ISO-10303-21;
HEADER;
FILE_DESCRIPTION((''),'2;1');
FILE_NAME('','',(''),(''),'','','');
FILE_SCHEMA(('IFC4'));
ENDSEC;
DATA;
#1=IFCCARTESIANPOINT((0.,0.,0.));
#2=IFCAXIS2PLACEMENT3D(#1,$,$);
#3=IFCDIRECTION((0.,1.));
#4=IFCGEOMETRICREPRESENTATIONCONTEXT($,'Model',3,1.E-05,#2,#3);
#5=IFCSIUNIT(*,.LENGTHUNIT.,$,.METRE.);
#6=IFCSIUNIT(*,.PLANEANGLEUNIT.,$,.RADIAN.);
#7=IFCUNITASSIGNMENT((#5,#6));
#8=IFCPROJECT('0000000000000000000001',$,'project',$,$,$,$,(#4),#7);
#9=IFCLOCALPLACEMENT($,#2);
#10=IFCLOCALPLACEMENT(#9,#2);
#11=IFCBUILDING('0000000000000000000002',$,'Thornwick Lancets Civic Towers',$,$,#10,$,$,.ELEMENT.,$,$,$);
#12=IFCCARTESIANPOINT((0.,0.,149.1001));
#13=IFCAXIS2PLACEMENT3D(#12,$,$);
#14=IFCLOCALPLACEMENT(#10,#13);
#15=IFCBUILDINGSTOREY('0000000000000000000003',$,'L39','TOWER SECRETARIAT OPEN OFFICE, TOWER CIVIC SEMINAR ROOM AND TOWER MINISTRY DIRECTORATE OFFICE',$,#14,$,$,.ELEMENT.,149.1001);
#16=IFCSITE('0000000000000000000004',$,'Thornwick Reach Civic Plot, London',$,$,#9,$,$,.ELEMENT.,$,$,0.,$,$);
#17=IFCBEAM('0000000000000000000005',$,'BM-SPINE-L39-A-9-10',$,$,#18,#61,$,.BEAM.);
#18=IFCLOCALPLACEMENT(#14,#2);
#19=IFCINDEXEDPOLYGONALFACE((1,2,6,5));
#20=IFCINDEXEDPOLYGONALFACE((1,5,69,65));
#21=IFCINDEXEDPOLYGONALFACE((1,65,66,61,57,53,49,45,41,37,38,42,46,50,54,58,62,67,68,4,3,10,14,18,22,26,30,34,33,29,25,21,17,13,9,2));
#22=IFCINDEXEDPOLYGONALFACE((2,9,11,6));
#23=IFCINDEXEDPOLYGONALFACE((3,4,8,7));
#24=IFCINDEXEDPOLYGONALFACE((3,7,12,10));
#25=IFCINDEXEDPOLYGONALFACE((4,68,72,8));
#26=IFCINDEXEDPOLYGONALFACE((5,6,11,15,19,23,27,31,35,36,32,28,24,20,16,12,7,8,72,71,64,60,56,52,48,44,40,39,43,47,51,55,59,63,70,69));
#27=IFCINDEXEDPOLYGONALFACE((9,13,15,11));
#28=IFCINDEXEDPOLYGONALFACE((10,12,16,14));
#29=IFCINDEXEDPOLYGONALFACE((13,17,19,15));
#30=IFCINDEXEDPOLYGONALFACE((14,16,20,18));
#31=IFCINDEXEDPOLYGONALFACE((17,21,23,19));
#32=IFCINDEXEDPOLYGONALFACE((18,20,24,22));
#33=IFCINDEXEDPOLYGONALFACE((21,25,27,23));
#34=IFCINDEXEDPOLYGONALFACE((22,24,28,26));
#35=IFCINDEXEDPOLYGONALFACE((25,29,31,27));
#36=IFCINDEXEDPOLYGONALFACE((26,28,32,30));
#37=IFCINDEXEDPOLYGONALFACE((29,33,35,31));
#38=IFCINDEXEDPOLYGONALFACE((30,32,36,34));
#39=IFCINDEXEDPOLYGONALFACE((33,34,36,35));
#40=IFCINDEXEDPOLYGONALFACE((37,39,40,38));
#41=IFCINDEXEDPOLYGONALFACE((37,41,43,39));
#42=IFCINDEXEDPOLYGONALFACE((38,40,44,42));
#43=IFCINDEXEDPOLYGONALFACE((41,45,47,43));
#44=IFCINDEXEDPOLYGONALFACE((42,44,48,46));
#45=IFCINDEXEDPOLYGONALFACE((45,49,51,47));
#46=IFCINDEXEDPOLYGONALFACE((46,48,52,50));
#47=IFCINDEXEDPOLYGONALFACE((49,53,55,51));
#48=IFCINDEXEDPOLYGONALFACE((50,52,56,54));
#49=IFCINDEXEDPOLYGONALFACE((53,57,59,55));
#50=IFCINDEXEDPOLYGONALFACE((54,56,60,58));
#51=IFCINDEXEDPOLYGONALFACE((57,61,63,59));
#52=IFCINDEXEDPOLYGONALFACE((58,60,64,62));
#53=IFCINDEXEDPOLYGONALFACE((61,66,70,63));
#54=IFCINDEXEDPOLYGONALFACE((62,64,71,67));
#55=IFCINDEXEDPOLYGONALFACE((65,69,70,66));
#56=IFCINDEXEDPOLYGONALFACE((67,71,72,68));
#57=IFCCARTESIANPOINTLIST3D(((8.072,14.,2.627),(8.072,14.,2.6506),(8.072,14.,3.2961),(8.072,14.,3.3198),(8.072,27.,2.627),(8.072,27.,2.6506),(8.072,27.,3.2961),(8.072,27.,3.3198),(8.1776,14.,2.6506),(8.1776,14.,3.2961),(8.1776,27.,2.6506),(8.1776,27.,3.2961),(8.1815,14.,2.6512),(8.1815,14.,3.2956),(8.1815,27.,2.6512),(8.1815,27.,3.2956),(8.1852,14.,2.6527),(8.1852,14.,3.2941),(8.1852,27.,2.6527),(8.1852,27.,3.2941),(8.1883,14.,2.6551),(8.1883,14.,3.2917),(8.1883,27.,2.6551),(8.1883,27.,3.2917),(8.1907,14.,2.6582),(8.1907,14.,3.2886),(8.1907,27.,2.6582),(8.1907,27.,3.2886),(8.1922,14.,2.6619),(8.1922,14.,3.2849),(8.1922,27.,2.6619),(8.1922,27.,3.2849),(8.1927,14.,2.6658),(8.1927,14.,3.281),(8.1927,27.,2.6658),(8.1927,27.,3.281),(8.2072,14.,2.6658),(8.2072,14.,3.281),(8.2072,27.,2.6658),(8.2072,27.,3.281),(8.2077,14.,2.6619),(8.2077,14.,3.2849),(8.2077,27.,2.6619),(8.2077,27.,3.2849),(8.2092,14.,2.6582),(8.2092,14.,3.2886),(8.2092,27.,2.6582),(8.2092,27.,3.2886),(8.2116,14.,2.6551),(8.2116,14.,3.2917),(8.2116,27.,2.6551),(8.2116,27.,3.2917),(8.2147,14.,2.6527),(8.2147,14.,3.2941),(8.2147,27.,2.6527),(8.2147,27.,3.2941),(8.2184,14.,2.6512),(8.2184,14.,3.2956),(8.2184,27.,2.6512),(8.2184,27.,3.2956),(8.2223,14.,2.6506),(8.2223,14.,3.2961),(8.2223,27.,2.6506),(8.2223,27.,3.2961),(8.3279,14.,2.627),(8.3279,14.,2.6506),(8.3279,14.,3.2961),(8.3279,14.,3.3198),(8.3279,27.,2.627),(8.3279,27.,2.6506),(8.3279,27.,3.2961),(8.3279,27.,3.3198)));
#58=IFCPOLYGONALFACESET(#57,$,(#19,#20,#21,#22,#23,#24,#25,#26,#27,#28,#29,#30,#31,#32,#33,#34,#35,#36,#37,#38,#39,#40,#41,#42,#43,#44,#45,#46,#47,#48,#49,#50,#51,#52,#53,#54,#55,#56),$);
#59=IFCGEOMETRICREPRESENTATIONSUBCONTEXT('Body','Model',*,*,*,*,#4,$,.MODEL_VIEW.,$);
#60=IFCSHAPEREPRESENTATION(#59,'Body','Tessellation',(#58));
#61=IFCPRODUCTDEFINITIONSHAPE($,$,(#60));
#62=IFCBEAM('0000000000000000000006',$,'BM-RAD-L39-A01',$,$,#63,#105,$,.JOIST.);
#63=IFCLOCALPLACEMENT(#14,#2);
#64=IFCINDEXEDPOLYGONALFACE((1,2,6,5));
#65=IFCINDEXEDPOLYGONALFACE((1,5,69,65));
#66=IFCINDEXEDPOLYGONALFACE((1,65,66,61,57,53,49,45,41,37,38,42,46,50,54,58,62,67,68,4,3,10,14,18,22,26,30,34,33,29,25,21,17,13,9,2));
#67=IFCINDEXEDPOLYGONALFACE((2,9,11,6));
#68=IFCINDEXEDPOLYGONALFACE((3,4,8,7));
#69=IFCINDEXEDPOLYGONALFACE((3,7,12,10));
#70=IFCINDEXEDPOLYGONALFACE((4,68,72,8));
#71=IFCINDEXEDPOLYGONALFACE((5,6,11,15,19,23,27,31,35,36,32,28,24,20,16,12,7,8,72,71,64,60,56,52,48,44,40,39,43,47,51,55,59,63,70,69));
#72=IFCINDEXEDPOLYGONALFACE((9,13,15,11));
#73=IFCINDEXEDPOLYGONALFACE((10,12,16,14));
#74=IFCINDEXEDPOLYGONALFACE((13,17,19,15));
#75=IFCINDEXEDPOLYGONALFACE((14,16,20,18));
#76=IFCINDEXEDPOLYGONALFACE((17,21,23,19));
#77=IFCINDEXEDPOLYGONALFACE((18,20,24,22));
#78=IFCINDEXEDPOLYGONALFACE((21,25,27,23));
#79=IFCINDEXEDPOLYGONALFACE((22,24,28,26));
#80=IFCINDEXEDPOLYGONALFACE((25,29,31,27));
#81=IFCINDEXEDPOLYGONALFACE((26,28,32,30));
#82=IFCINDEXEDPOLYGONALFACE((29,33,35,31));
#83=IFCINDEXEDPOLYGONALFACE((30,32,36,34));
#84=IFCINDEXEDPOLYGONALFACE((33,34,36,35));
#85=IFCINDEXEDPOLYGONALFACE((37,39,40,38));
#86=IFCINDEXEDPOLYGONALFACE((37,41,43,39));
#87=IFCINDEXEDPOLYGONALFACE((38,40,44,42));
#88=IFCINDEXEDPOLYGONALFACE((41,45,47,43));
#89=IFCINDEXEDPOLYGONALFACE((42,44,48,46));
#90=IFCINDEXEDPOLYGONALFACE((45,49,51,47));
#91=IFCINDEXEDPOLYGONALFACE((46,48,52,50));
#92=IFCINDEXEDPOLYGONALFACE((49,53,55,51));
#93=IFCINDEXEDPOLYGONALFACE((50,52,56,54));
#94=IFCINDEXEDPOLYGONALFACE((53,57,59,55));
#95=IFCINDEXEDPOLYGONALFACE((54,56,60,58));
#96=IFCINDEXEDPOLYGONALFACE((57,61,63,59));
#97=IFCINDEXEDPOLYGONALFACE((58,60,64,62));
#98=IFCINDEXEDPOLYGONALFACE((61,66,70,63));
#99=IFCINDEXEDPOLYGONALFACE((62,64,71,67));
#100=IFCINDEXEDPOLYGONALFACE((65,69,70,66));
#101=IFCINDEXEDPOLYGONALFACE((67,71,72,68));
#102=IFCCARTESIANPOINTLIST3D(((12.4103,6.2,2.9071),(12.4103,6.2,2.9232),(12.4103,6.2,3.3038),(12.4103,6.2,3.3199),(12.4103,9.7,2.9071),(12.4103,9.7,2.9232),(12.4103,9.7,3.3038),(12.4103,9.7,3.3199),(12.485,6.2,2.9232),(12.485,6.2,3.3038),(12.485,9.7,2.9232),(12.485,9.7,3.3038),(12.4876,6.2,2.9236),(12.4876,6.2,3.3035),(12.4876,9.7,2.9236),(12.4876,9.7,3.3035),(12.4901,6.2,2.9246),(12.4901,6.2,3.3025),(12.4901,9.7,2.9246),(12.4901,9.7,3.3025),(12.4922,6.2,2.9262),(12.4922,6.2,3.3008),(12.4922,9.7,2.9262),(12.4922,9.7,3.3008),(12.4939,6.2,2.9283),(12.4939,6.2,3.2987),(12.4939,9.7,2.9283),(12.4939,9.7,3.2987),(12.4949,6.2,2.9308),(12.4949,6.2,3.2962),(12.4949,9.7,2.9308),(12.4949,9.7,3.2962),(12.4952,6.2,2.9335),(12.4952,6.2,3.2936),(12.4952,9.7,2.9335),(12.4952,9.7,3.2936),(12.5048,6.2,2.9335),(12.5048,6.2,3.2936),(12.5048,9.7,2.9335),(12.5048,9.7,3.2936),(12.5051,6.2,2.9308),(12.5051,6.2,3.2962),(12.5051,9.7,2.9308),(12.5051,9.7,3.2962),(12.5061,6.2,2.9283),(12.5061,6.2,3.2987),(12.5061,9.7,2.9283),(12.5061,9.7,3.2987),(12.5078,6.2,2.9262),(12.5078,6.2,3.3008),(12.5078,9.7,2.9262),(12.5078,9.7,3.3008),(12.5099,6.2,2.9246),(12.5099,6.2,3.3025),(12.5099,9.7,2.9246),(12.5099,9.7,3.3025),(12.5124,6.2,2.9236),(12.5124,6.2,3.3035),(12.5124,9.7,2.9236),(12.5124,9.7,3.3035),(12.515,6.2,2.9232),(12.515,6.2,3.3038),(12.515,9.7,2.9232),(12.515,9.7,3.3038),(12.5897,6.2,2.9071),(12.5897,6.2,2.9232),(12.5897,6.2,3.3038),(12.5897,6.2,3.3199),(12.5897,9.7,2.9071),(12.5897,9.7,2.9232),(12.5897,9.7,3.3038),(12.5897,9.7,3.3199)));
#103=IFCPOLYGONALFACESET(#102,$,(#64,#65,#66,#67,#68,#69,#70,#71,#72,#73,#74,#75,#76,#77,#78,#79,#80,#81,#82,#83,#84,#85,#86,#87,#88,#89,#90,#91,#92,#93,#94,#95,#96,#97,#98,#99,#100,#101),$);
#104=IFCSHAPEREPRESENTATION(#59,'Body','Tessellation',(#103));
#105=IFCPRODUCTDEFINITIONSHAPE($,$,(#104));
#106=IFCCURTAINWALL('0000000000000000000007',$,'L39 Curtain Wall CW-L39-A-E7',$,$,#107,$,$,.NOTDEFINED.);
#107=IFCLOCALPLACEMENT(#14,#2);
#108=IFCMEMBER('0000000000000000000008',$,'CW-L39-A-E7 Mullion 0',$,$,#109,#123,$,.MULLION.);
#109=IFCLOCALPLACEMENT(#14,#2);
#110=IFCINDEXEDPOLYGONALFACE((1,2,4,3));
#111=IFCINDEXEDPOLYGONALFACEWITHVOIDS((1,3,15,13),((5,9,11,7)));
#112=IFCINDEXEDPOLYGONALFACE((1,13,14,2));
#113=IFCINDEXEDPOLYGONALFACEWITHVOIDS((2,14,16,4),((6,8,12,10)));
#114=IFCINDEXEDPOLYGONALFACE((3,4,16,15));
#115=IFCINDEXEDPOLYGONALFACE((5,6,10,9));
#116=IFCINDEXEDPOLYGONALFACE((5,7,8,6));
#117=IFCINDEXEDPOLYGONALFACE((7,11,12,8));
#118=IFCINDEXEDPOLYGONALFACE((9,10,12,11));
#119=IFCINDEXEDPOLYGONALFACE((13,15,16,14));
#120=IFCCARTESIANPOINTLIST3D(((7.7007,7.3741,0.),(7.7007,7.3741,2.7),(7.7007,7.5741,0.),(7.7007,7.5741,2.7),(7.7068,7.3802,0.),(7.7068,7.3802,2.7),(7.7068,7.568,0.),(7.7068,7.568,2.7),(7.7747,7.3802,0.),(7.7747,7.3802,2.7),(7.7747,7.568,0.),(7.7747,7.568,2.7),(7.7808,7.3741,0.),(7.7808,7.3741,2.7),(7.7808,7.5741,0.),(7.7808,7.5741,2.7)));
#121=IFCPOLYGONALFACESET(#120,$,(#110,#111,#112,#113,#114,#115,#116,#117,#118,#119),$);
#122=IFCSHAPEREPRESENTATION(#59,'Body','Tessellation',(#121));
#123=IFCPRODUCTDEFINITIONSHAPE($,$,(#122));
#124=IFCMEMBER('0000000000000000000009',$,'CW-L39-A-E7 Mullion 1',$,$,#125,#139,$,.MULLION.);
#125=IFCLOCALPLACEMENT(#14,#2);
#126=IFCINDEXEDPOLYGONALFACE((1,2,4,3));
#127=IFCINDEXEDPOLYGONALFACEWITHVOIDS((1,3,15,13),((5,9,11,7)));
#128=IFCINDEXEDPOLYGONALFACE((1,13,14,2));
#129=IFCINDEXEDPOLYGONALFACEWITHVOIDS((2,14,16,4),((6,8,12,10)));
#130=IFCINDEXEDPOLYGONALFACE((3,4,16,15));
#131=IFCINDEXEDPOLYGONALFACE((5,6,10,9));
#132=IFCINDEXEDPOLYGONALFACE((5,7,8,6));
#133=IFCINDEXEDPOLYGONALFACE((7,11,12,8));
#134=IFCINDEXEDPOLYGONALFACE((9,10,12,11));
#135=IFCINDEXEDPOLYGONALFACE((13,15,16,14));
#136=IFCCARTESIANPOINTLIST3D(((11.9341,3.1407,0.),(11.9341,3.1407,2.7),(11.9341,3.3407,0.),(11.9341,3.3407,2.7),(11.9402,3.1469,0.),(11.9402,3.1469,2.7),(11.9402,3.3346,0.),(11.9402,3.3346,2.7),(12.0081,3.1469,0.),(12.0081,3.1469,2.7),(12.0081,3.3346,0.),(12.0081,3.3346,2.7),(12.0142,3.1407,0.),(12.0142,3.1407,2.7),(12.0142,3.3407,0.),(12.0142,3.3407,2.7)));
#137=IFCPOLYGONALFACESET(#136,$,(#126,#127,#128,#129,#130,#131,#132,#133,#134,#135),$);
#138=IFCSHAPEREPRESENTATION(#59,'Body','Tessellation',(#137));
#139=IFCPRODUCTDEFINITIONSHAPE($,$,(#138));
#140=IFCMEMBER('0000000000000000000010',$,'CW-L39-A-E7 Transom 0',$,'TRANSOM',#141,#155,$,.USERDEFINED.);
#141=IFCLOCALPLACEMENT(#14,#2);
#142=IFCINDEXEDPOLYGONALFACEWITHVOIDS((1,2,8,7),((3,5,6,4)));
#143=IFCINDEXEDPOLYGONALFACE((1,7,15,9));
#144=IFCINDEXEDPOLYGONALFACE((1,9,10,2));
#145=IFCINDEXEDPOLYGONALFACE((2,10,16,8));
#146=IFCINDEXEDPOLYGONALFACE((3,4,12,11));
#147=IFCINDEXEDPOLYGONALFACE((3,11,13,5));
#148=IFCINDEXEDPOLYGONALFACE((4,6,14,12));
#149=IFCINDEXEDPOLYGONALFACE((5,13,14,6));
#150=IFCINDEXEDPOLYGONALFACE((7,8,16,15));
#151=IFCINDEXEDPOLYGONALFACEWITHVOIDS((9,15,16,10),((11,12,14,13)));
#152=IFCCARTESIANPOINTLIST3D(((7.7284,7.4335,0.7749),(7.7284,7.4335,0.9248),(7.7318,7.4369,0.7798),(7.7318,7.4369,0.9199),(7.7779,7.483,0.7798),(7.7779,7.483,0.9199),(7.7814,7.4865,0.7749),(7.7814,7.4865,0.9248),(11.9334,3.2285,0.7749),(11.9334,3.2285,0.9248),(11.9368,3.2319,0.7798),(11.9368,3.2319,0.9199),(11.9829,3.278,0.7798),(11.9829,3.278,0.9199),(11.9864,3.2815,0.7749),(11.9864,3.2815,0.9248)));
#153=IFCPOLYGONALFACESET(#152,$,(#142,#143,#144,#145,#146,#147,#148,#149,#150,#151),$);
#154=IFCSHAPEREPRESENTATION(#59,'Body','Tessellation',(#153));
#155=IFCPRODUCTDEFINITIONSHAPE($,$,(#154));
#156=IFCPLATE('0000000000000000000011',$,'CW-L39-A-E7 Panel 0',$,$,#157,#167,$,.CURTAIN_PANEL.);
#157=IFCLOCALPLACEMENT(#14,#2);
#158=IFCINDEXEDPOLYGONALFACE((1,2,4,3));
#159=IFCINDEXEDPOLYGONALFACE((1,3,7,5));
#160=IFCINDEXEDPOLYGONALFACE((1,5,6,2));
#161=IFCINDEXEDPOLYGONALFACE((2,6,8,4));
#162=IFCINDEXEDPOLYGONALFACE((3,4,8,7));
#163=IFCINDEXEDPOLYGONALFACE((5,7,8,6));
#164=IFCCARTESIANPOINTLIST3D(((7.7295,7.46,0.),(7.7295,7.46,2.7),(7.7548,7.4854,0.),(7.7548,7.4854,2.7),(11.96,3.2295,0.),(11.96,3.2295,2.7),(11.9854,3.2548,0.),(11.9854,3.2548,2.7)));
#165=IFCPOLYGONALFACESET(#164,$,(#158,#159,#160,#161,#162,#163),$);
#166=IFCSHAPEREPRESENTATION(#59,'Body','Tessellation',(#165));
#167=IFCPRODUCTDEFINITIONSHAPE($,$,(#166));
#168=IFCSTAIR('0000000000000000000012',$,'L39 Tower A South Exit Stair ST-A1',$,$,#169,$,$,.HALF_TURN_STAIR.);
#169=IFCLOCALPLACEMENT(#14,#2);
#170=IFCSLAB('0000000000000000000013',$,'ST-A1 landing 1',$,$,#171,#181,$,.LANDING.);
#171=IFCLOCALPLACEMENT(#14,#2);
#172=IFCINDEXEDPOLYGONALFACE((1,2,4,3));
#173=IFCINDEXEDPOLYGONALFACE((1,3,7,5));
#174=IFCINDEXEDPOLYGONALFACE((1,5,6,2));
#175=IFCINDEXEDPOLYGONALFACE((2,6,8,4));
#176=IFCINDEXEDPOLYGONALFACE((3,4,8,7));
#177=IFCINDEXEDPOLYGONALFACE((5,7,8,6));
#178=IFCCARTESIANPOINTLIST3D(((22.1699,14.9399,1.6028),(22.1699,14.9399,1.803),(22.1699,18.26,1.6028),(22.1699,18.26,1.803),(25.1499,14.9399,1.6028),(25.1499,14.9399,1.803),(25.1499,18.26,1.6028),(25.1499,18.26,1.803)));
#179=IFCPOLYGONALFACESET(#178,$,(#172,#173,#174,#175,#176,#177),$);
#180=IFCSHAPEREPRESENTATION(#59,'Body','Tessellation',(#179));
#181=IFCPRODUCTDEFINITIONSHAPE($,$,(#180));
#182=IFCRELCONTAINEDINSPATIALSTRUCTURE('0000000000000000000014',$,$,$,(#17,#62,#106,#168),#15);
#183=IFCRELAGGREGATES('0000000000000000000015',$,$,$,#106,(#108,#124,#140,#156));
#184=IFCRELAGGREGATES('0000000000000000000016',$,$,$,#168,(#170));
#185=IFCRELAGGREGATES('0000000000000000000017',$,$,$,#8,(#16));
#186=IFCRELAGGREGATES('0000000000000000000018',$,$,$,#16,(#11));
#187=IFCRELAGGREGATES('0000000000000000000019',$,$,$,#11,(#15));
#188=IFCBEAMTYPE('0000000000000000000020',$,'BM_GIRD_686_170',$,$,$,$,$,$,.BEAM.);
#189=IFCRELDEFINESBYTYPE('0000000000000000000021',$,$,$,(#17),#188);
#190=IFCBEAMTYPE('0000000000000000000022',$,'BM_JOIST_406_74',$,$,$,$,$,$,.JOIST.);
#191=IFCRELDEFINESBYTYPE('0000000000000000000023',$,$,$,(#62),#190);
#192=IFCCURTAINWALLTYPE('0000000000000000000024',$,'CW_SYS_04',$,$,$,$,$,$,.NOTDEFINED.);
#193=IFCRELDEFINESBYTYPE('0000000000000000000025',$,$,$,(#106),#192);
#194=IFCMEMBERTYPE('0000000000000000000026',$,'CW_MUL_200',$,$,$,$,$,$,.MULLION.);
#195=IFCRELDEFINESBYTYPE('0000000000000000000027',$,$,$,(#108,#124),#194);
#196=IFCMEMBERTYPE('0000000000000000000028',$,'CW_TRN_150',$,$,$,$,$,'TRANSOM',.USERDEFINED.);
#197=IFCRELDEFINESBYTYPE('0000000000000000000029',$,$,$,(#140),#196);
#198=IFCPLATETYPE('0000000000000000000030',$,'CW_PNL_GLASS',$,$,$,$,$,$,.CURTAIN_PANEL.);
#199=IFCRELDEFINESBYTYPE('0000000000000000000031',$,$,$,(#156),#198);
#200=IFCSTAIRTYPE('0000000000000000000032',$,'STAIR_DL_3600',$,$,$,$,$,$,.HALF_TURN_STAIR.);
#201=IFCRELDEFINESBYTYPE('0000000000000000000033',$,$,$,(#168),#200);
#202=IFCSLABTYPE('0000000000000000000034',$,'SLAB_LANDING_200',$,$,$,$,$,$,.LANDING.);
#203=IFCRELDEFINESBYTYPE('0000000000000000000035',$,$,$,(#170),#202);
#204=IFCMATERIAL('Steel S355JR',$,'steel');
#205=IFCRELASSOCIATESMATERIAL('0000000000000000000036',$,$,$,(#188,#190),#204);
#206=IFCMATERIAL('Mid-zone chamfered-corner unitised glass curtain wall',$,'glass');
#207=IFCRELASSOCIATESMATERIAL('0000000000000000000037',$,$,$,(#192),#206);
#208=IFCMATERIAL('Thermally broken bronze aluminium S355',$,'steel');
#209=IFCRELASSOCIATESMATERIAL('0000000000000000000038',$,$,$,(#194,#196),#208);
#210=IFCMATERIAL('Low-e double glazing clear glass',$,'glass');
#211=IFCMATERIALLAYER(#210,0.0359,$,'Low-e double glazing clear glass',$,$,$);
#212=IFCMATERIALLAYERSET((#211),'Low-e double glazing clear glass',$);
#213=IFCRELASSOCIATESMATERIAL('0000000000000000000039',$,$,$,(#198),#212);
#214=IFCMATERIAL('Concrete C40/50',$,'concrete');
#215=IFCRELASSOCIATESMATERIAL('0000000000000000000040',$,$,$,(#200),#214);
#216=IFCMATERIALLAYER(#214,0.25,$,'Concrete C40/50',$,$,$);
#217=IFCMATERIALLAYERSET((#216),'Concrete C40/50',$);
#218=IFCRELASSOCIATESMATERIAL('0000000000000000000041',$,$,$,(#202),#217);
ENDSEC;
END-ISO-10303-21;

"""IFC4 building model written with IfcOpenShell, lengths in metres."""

from ifc_helpers import new_model, si_unit, direction, frame, origin, origin_2d, place, context, subcontext, project, spatial, polyline, rectangle, hollow_rectangle, i_section, outline, extrude, material, layer, layer_set, material_profile, profile_set, type_object, element, aggregate, save


model = new_model("IFC4")

# Units and contexts
model_context = context("Model", 3, precision=1e-05, world=origin(), true_north=direction((0.0, 1.0)))
body_context = subcontext(model_context, "Body", "Model", "MODEL_VIEW")
ifc_project = project(units=[si_unit("LENGTHUNIT", "METRE"), si_unit("PLANEANGLEUNIT", "RADIAN")], contexts=[model_context])

# Site, building, storey
site_placement = place(None, origin())
site = spatial("IfcSite", under=ifc_project, at=site_placement, Name="Thornwick Reach Civic Plot, London", CompositionType="ELEMENT", RefElevation=0.0)
building_placement = place(site_placement, origin())
building = spatial("IfcBuilding", under=site, at=building_placement, Name="Thornwick Lancets Civic Towers", CompositionType="ELEMENT")
storey_placement = place(building_placement, frame((0.0, 0.0, 149.1001)))
storey = spatial("IfcBuildingStorey", under=building, at=storey_placement, Name="L39", Description="TOWER SECRETARIAT OPEN OFFICE, TOWER CIVIC SEMINAR ROOM AND TOWER MINISTRY DIRECTORATE OFFICE", CompositionType="ELEMENT", Elevation=149.1001)

# Beams
ifc_material_1 = material(Name="Steel S355JR", Category="steel")
ifc_material_profile_1 = material_profile(ifc_material_1, i_section(OverallWidth=0.2559, OverallDepth=0.6929, WebThickness=0.0144, FlangeThickness=0.0237, FilletRadius=0.0151, at=origin_2d()), Name="UKB 686x254x170")
ifc_profile_set_1 = profile_set([ifc_material_profile_1], Name="Steel S355JR")
beam_type_1 = type_object("IfcBeamType", Name="BM_GIRD_686_170", PredefinedType="BEAM", material=ifc_profile_set_1)
for number, where, z_axis, x_axis, name in (
    (1, (8.2, 14.0, 2.9734), (0.0, 1.0, 0.0), (-1.0, 0.0, 0.0), "BM-SPINE-L39-A-9-10"),
):
    element("IfcBeam", number, at=place(storey_placement, frame(where, z_axis=z_axis, x_axis=x_axis)), inside=storey, type_object=beam_type_1, Name=name, PredefinedType="BEAM", context=body_context, shape_type="SweptSolid", body=[
        extrude(i_section(OverallWidth=0.2559, OverallDepth=0.6929, WebThickness=0.0144, FlangeThickness=0.0237, FilletRadius=0.0151, at=origin_2d()), origin(), (0.0, 0.0, 1.0), 13.0),
    ])
ifc_material_profile_2 = material_profile(ifc_material_1, i_section(OverallWidth=0.1794, OverallDepth=0.4128, WebThickness=0.0095, FlangeThickness=0.0161, FilletRadius=0.0103, at=origin_2d()), Name="UKB 406x178x74")
ifc_profile_set_2 = profile_set([ifc_material_profile_2], Name="Steel S355JR")
beam_type_2 = type_object("IfcBeamType", Name="BM_JOIST_406_74", PredefinedType="JOIST", material=ifc_profile_set_2)
beam_1_placement = place(storey_placement, frame((12.5, 9.7, 3.1135), z_axis=(0.0, -1.0, 0.0), x_axis=(1.0, 0.0, 0.0)))
element("IfcBeam", 2, at=beam_1_placement, inside=storey, type_object=beam_type_2, Name="BM-RAD-L39-A01", PredefinedType="JOIST", context=body_context, shape_type="SweptSolid", body=[
    extrude(i_section(OverallWidth=0.1794, OverallDepth=0.4128, WebThickness=0.0095, FlangeThickness=0.0161, FilletRadius=0.0103, at=origin_2d()), origin(), (0.0, 0.0, 1.0), 3.5),
])

# Curtain wall, members, plate
ifc_material_2 = material(Name="Mid-zone chamfered-corner unitised glass curtain wall", Category="glass")
curtain_wall_type = type_object("IfcCurtainWallType", Name="CW_SYS_04", PredefinedType="NOTDEFINED", material=ifc_material_2)
curtain_wall_placement = place(storey_placement, origin())
curtain_wall = element("IfcCurtainWall", 3, at=curtain_wall_placement, inside=storey, type_object=curtain_wall_type, Name="L39 Curtain Wall CW-L39-A-E7", PredefinedType="NOTDEFINED")
ifc_material_3 = material(Name="Thermally broken bronze aluminium S355", Category="steel")
ifc_material_profile_3 = material_profile(ifc_material_3, hollow_rectangle(XDim=0.0801, YDim=0.2, WallThickness=0.0061, at=origin_2d()), Name="RHS 200x80x6")
ifc_profile_set_3 = profile_set([ifc_material_profile_3], Name="Thermally broken bronze aluminium S355")
member_type_1 = type_object("IfcMemberType", Name="CW_MUL_200", PredefinedType="MULLION", material=ifc_profile_set_3)
member_1_placement = place(storey_placement, frame((7.7407, 7.4741, 0.0), z_axis=(0.0, 0.0, 1.0), x_axis=(1.0, 0.0, 0.0)))
member_1 = element("IfcMember", 4, at=member_1_placement, type_object=member_type_1, Name="CW-L39-A-E7 Mullion 0", PredefinedType="MULLION", context=body_context, shape_type="SweptSolid", body=[
    extrude(hollow_rectangle(XDim=0.0801, YDim=0.2, WallThickness=0.0061, at=origin_2d()), origin(), (0.0, 0.0, 1.0), 2.7),
])
member_2_placement = place(storey_placement, frame((11.9741, 3.2407, 0.0), z_axis=(0.0, 0.0, 1.0), x_axis=(1.0, 0.0, 0.0)))
member_2 = element("IfcMember", 5, at=member_2_placement, type_object=member_type_1, Name="CW-L39-A-E7 Mullion 1", PredefinedType="MULLION", context=body_context, shape_type="SweptSolid", body=[
    extrude(hollow_rectangle(XDim=0.0801, YDim=0.2, WallThickness=0.0061, at=origin_2d()), origin(), (0.0, 0.0, 1.0), 2.7),
])
ifc_material_profile_4 = material_profile(ifc_material_3, hollow_rectangle(XDim=0.075, YDim=0.1499, WallThickness=0.0049, at=origin_2d()), Name="RHS 150x75x5")
ifc_profile_set_4 = profile_set([ifc_material_profile_4], Name="Thermally broken bronze aluminium S355")
member_type_2 = type_object("IfcMemberType", Name="CW_TRN_150", ElementType="TRANSOM", PredefinedType="USERDEFINED", material=ifc_profile_set_4)
member_3_placement = place(storey_placement, frame((7.7549, 7.46, 0.8499), z_axis=(0.707107, -0.707107, 0.0), x_axis=(0.707107, 0.707107, 0.0)))
member_3 = element("IfcMember", 6, at=member_3_placement, type_object=member_type_2, Name="CW-L39-A-E7 Transom 0", ObjectType="TRANSOM", PredefinedType="USERDEFINED", context=body_context, shape_type="SweptSolid", body=[
    extrude(hollow_rectangle(XDim=0.075, YDim=0.1499, WallThickness=0.0049, at=origin_2d()), origin(), (0.0, 0.0, 1.0), 5.9468),
])
ifc_material_4 = material(Name="Low-e double glazing clear glass", Category="glass")
ifc_layer_1 = layer(ifc_material_4, 0.0359, Name="Low-e double glazing clear glass")
ifc_layer_set_1 = layer_set([ifc_layer_1], Name="Low-e double glazing clear glass")
plate_type = type_object("IfcPlateType", Name="CW_PNL_GLASS", PredefinedType="CURTAIN_PANEL", material=ifc_layer_set_1)
plate_placement = place(storey_placement, frame((9.8574, 5.3574, 0.0), z_axis=(0.0, 0.0, 1.0), x_axis=(0.707107, -0.707107, 0.0)))
plate = element("IfcPlate", 7, at=plate_placement, type_object=plate_type, Name="CW-L39-A-E7 Panel 0", PredefinedType="CURTAIN_PANEL", context=body_context, shape_type="SweptSolid", body=[
    extrude(rectangle(XDim=5.9829, YDim=0.0359, at=origin_2d()), origin(), (0.0, 0.0, 1.0), 2.7),
])
aggregate(curtain_wall, [member_1, member_2, member_3, plate])

# Stair, slab
ifc_material_5 = material(Name="Concrete C40/50", Category="concrete")
stair_type = type_object("IfcStairType", Name="STAIR_DL_3600", PredefinedType="HALF_TURN_STAIR", material=ifc_material_5)
stair_1_placement = place(storey_placement, origin())
stair_1 = element("IfcStair", 8, at=stair_1_placement, inside=storey, type_object=stair_type, Name="L39 Tower A South Exit Stair ST-A1", PredefinedType="HALF_TURN_STAIR")
ifc_layer_2 = layer(ifc_material_5, 0.25, Name="Concrete C40/50")
ifc_layer_set_2 = layer_set([ifc_layer_2], Name="Concrete C40/50")
slab_type_1 = type_object("IfcSlabType", Name="SLAB_LANDING_200", PredefinedType="LANDING", material=ifc_layer_set_2)
slab_1_placement = place(storey_placement, frame((0.0, 0.0, 1.6028)))
slab_1 = element("IfcSlab", 9, at=slab_1_placement, type_object=slab_type_1, Name="ST-A1 landing 1", PredefinedType="LANDING", context=body_context, shape_type="SweptSolid", body=[
    extrude(outline(polyline([(22.1699, 14.9399), (25.1499, 14.9399), (25.1499, 18.26), (22.1699, 18.26), (22.1699, 14.9399)])), origin(), (0.0, 0.0, 1.0), 0.2002),
])
aggregate(stair_1, [slab_1])

save(model, "model.ifc")
